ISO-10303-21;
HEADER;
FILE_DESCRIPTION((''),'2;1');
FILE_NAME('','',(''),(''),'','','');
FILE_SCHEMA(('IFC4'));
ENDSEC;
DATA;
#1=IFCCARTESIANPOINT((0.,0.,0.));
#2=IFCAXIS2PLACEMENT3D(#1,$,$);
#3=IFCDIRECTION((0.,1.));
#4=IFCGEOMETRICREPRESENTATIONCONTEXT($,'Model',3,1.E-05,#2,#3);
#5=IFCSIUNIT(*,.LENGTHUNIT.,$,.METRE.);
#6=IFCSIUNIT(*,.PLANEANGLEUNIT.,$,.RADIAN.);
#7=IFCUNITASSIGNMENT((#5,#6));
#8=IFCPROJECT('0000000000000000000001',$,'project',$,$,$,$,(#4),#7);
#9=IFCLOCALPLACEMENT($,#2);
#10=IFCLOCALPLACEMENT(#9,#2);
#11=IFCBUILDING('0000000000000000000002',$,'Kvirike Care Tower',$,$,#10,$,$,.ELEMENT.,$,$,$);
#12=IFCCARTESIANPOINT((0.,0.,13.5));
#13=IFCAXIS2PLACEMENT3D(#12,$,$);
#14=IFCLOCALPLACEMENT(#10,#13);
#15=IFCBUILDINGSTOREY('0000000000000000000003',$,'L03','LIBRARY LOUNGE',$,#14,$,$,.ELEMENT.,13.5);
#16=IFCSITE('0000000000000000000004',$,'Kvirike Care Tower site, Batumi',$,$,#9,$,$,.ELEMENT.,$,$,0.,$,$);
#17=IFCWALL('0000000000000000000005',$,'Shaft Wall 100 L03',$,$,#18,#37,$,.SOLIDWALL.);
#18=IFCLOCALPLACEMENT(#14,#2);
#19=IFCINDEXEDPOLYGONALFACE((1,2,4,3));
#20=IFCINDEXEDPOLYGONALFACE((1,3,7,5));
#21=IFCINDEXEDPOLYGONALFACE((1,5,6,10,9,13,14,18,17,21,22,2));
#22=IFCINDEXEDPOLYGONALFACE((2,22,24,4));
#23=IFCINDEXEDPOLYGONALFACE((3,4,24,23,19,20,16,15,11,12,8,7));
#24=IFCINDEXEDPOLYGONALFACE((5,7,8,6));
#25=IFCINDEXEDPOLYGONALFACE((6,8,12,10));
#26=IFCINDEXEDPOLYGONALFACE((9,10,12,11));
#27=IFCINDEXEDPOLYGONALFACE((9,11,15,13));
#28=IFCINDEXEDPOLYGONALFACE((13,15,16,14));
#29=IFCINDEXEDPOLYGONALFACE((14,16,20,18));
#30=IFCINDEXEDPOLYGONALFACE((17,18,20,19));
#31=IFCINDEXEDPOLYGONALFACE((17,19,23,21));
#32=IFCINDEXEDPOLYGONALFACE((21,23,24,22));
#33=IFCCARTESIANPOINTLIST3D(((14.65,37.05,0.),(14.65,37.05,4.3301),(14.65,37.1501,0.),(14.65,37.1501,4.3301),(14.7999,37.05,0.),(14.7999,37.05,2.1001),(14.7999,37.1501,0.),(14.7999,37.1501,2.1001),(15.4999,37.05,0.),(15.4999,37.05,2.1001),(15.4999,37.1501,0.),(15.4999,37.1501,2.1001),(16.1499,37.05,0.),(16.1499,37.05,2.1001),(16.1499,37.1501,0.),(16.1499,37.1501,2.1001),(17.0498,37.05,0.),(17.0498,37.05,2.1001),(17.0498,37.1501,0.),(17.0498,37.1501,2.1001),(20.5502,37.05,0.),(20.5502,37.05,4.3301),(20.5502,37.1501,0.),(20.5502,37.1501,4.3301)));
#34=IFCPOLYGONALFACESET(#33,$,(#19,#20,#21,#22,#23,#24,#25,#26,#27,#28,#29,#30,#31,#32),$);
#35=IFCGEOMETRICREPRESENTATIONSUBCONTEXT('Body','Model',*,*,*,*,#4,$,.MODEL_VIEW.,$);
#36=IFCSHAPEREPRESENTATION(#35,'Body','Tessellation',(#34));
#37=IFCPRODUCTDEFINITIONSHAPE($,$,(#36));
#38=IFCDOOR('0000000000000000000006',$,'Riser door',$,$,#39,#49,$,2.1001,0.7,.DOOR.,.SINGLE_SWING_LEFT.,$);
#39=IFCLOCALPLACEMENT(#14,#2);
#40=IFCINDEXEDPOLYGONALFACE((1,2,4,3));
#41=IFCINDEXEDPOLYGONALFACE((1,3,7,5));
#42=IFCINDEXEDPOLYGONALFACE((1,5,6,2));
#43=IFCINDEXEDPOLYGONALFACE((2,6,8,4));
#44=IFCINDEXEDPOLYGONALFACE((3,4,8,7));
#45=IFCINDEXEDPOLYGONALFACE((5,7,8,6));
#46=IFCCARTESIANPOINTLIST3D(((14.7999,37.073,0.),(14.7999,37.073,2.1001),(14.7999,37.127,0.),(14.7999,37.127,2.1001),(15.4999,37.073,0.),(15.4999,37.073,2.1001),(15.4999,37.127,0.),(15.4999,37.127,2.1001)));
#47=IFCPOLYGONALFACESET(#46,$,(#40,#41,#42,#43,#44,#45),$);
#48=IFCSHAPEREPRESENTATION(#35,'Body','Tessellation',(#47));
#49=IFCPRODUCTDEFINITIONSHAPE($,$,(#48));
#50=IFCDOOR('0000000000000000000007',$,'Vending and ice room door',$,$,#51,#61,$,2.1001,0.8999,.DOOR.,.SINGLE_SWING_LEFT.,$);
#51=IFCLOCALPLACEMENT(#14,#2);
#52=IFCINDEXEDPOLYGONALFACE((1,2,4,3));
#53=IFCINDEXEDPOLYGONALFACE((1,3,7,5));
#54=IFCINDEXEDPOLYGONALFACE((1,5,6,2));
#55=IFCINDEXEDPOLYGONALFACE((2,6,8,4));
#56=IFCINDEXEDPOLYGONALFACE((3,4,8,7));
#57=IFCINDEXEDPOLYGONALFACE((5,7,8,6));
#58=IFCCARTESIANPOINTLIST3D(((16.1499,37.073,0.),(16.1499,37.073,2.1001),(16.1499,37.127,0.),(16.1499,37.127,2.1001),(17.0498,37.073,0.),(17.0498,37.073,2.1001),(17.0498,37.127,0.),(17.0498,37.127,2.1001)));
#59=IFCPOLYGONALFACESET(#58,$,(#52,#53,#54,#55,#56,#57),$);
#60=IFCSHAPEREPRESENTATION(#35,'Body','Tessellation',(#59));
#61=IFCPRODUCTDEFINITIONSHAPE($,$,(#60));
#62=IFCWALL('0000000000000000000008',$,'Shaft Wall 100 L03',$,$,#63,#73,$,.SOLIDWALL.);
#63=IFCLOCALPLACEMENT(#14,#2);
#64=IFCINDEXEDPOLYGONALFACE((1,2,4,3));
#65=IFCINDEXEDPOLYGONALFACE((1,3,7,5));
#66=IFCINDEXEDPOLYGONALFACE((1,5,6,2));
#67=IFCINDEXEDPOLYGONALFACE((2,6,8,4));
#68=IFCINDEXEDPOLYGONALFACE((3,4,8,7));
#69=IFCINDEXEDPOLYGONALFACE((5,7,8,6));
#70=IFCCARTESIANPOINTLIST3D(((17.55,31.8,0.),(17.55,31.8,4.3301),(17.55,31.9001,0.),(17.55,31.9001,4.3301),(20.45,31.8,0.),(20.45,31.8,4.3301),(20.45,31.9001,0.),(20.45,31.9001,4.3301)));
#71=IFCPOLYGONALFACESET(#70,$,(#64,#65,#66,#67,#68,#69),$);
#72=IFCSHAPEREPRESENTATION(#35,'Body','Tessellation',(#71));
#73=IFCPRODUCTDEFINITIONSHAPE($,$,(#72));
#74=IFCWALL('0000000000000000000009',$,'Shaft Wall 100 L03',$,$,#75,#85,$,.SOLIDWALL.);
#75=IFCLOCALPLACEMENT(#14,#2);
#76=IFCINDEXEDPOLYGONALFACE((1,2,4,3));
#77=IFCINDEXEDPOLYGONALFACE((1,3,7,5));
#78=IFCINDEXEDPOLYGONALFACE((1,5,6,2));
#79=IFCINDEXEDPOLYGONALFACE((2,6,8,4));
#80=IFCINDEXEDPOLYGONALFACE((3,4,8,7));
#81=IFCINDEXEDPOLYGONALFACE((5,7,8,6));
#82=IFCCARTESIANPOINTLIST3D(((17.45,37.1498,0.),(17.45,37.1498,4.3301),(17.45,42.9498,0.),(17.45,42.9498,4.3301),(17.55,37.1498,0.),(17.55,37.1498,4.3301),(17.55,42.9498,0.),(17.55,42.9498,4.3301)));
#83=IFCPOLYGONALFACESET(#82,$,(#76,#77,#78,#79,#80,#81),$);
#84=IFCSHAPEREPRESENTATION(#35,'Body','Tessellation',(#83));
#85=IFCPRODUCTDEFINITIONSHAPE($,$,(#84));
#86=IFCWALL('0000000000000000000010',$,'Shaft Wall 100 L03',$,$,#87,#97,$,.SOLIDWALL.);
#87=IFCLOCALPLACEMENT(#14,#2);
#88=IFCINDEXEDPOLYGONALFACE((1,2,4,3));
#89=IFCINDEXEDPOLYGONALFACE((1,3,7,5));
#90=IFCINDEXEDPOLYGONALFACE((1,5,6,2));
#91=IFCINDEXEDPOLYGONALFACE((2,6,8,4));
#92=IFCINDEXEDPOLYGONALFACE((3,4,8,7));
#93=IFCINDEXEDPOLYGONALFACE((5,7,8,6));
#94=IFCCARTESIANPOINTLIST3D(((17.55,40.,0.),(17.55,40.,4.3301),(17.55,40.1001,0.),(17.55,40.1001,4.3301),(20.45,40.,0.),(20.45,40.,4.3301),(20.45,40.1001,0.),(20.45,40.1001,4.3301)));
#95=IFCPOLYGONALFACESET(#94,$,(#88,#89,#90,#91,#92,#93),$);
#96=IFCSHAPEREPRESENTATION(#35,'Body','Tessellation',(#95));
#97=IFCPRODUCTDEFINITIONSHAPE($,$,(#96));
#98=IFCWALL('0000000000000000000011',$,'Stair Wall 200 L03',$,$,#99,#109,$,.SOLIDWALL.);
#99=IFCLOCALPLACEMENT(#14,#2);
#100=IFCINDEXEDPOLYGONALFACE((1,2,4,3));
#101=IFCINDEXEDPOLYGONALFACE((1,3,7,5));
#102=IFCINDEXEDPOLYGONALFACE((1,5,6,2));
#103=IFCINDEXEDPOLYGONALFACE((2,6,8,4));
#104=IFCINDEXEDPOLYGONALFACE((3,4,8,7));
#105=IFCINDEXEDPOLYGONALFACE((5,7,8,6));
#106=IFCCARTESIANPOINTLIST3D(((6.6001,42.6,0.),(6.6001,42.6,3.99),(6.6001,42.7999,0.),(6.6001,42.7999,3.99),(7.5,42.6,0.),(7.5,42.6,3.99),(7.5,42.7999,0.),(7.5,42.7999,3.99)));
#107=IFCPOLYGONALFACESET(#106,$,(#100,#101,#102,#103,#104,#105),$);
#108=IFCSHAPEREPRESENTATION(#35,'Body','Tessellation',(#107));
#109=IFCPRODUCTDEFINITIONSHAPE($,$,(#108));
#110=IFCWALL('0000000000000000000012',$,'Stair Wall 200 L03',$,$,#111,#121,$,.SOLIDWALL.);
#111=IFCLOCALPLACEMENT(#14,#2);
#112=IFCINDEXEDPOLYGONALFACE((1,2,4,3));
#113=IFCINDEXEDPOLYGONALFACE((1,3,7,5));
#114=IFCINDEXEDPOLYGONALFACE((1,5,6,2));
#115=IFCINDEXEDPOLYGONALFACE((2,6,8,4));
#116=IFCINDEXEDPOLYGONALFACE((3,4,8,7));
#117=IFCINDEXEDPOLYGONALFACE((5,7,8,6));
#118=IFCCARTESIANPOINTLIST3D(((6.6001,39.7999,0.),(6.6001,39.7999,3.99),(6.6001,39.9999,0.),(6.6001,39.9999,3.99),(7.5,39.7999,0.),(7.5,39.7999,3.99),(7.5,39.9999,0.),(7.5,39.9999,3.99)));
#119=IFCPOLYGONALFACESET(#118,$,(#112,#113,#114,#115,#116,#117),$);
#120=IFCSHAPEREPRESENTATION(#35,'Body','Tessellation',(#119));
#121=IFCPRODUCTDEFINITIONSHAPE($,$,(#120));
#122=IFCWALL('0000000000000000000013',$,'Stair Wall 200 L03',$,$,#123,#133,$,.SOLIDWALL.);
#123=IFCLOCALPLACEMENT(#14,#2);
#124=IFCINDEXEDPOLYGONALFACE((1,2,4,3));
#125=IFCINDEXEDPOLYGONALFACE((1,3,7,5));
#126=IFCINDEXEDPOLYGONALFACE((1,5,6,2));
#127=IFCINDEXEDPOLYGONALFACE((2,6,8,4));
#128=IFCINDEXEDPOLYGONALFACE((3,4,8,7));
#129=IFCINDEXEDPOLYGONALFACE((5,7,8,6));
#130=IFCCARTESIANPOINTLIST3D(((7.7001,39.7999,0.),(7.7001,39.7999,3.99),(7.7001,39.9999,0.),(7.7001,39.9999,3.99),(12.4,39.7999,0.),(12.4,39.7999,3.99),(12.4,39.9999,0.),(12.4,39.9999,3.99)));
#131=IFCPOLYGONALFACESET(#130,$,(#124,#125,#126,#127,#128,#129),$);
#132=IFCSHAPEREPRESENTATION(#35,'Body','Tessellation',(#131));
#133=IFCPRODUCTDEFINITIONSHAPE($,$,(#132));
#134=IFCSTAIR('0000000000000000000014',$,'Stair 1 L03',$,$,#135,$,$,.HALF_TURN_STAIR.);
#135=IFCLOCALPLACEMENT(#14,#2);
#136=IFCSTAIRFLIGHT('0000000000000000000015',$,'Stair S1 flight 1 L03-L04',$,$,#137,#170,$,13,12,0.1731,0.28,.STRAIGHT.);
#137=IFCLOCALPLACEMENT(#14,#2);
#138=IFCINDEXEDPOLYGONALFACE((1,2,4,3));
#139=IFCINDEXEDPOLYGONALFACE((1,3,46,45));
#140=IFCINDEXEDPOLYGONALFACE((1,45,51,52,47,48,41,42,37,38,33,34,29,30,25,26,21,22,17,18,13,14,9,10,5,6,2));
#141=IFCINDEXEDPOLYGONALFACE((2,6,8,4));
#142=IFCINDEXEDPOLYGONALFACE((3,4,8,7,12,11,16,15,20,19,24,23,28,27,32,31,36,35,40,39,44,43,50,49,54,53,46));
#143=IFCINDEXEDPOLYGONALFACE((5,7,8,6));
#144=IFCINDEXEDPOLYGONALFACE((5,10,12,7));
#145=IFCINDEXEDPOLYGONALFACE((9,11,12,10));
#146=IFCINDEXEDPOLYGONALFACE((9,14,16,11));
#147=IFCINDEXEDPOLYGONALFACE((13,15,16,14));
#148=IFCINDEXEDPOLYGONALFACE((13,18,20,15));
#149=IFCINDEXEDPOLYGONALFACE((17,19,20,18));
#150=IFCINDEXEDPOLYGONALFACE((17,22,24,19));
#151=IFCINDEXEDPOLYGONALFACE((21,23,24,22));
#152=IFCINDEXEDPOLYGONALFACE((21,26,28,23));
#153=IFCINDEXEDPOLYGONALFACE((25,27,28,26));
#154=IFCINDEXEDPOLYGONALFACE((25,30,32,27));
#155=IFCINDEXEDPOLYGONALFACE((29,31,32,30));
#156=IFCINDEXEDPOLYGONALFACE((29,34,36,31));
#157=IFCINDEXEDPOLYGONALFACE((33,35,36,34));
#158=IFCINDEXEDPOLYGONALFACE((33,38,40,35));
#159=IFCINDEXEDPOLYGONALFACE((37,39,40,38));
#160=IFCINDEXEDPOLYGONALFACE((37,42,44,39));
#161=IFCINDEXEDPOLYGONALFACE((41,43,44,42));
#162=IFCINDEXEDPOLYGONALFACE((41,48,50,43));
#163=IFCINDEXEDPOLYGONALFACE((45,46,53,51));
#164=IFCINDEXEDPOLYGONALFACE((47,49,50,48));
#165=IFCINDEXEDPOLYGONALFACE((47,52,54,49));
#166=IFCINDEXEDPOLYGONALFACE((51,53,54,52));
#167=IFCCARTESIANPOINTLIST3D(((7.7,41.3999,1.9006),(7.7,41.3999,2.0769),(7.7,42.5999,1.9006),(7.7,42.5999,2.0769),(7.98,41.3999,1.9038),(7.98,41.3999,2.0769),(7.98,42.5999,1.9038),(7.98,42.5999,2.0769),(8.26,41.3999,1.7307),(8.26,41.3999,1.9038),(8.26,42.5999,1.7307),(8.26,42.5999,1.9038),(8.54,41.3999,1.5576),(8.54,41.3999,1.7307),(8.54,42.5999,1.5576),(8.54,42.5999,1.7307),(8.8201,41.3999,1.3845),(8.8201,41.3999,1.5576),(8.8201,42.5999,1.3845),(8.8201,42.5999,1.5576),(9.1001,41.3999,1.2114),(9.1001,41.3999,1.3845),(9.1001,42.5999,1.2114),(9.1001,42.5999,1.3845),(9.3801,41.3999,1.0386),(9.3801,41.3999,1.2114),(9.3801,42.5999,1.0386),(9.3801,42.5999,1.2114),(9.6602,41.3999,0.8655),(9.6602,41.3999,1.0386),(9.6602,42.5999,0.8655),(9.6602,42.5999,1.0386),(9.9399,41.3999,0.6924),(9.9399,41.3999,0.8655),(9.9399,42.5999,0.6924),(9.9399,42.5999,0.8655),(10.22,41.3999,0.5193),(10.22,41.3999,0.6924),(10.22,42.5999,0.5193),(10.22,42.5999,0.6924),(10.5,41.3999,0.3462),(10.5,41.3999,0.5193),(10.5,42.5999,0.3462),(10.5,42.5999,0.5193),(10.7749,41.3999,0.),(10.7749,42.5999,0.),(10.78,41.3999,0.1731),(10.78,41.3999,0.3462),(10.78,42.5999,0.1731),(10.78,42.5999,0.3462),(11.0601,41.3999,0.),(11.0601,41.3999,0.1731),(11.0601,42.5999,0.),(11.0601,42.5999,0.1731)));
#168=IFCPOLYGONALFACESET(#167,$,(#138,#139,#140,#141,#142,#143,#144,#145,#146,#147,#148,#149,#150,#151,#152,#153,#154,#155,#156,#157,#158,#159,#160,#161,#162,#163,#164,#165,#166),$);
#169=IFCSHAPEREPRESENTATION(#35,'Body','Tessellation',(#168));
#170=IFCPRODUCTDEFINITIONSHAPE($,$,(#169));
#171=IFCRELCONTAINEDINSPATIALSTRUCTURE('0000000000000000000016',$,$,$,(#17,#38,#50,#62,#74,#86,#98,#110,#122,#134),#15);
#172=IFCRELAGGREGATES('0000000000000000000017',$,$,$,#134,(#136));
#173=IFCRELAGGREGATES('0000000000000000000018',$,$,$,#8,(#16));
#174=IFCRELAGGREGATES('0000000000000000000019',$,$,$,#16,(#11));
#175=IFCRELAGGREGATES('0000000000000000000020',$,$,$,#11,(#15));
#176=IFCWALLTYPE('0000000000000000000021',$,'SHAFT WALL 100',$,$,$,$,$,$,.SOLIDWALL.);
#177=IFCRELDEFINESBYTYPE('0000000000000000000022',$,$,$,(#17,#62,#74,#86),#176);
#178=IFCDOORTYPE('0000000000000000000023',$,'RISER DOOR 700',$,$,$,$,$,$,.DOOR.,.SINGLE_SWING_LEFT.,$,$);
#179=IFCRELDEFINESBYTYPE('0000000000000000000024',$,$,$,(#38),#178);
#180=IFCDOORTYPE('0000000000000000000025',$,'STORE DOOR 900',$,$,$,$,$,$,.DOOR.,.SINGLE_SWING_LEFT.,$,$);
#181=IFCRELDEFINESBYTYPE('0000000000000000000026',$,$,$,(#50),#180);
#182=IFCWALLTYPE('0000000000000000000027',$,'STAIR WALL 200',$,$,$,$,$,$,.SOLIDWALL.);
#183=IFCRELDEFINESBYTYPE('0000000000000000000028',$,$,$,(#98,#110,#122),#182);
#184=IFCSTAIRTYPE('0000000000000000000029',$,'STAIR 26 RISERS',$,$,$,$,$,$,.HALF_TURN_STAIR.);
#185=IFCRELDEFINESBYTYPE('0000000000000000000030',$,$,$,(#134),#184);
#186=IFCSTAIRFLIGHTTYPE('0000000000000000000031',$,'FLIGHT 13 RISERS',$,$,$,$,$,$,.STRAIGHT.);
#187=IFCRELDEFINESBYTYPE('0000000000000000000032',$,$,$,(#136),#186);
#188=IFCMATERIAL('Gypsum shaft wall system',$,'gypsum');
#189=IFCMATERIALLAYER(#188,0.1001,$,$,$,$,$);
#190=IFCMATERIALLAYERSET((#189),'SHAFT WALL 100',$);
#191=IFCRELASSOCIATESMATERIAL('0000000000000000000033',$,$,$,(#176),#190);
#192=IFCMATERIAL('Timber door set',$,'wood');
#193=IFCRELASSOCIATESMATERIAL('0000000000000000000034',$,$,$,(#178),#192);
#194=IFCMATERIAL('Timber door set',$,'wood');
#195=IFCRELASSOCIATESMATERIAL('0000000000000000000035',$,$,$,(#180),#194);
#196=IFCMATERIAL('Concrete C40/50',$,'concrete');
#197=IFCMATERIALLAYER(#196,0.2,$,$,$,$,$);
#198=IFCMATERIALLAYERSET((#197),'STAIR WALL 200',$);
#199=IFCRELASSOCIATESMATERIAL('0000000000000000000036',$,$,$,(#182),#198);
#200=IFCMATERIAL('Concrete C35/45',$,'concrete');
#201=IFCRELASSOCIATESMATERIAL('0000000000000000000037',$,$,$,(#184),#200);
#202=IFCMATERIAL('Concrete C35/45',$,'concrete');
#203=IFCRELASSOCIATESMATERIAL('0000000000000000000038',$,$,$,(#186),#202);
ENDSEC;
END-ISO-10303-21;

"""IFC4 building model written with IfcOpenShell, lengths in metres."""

from ifc_helpers import new_model, si_unit, direction, frame, frame_2d, origin, place, context, subcontext, project, spatial, polyline, rectangle, outline, extrude, material, layer, layer_set, type_object, element, fill, aggregate, save


model = new_model("IFC4")

# Units and contexts
model_context = context("Model", 3, precision=1e-05, world=origin(), true_north=direction((0.0, 1.0)))
body_context = subcontext(model_context, "Body", "Model", "MODEL_VIEW")
ifc_project = project(units=[si_unit("LENGTHUNIT", "METRE"), si_unit("PLANEANGLEUNIT", "RADIAN")], contexts=[model_context])

# Site, building, storey
site_placement = place(None, origin())
site = spatial("IfcSite", under=ifc_project, at=site_placement, Name="Kvirike Care Tower site, Batumi", CompositionType="ELEMENT", RefElevation=0.0)
building_placement = place(site_placement, origin())
building = spatial("IfcBuilding", under=site, at=building_placement, Name="Kvirike Care Tower", CompositionType="ELEMENT")
storey_placement = place(building_placement, frame((0.0, 0.0, 13.5)))
storey = spatial("IfcBuildingStorey", under=building, at=storey_placement, Name="L03", Description="LIBRARY LOUNGE", CompositionType="ELEMENT", Elevation=13.5)

# Shared definitions
ifc_material_1 = material(Name="Gypsum shaft wall system", Category="gypsum")
ifc_layer_1 = layer(ifc_material_1, 0.1001)
ifc_layer_set_1 = layer_set([ifc_layer_1], Name="SHAFT WALL 100")
wall_type_1 = type_object("IfcWallType", Name="SHAFT WALL 100", PredefinedType="SOLIDWALL", material=ifc_layer_set_1)

# Shared definitions
ifc_material_2 = material(Name="Timber door set", Category="wood")
door_type_1 = type_object("IfcDoorType", Name="RISER DOOR 700", OperationType="SINGLE_SWING_LEFT", PredefinedType="DOOR", material=ifc_material_2)

# Wall, openings, doors
wall_1_placement = place(storey_placement, frame((14.6499, 37.1001, 0.0), z_axis=(0.0, 0.0, 1.0), x_axis=(1.0, 0.0, 0.0)))
wall_1 = element("IfcWall", 1, at=wall_1_placement, inside=storey, type_object=wall_type_1, Name="Shaft Wall 100 L03", PredefinedType="SOLIDWALL", context=body_context, shape_type="SweptSolid", body=[
    extrude(rectangle(XDim=5.9001, YDim=0.1001, at=frame_2d((2.9502, 0.0))), origin(), (0.0, 0.0, 1.0), 4.3301),
])
opening_1_placement = place(wall_1_placement, frame((0.1499, 0.0, 0.0)))
opening_1 = element("IfcOpeningElement", 2, at=opening_1_placement, cuts=wall_1, PredefinedType="OPENING", context=body_context, shape_type="SweptSolid", body=[
    extrude(rectangle(XDim=0.7, YDim=2.1001, at=frame_2d((0.3501, 1.05))), frame((0.0, 0.0605, 0.0), z_axis=(0.0, -1.0, 0.0), x_axis=(1.0, 0.0, 0.0)), (0.0, 0.0, 1.0), 0.1211),
])
opening_2_placement = place(wall_1_placement, frame((1.5, 0.0, 0.0)))
opening_2 = element("IfcOpeningElement", 3, at=opening_2_placement, cuts=wall_1, PredefinedType="OPENING", context=body_context, shape_type="SweptSolid", body=[
    extrude(rectangle(XDim=0.8999, YDim=2.1001, at=frame_2d((0.45, 1.05))), frame((0.0, 0.0605, 0.0), z_axis=(0.0, -1.0, 0.0), x_axis=(1.0, 0.0, 0.0)), (0.0, 0.0, 1.0), 0.1211),
])
door_1_placement = place(opening_1_placement, origin())
door_1 = element("IfcDoor", 4, at=door_1_placement, inside=storey, type_object=door_type_1, Name="Riser door", OperationType="SINGLE_SWING_LEFT", OverallHeight=2.1001, OverallWidth=0.7, PredefinedType="DOOR", context=body_context, shape_type="SweptSolid", body=[
    extrude(rectangle(XDim=0.7, YDim=2.1001, at=frame_2d((0.3501, 1.05))), frame((0.0, 0.0269, 0.0), z_axis=(0.0, -1.0, 0.0), x_axis=(1.0, 0.0, 0.0)), (0.0, 0.0, 1.0), 0.054),
])
fill(opening_1, door_1)
ifc_material_3 = material(Name="Timber door set", Category="wood")
door_type_2 = type_object("IfcDoorType", Name="STORE DOOR 900", OperationType="SINGLE_SWING_LEFT", PredefinedType="DOOR", material=ifc_material_3)
door_2_placement = place(opening_2_placement, origin())
door_2 = element("IfcDoor", 5, at=door_2_placement, inside=storey, type_object=door_type_2, Name="Vending and ice room door", OperationType="SINGLE_SWING_LEFT", OverallHeight=2.1001, OverallWidth=0.8999, PredefinedType="DOOR", context=body_context, shape_type="SweptSolid", body=[
    extrude(rectangle(XDim=0.8999, YDim=2.1001, at=frame_2d((0.45, 1.05))), frame((0.0, 0.0269, 0.0), z_axis=(0.0, -1.0, 0.0), x_axis=(1.0, 0.0, 0.0)), (0.0, 0.0, 1.0), 0.054),
])
fill(opening_2, door_2)

# Walls
wall_2_placement = place(storey_placement, frame((17.55, 31.8501, 0.0), z_axis=(0.0, 0.0, 1.0), x_axis=(1.0, 0.0, 0.0)))
element("IfcWall", 6, at=wall_2_placement, inside=storey, type_object=wall_type_1, Name="Shaft Wall 100 L03", PredefinedType="SOLIDWALL", context=body_context, shape_type="SweptSolid", body=[
    extrude(rectangle(XDim=2.8999, YDim=0.1001, at=frame_2d((1.45, 0.0))), origin(), (0.0, 0.0, 1.0), 4.3301),
])
wall_3_placement = place(storey_placement, frame((17.5, 37.1499, 0.0), z_axis=(0.0, 0.0, 1.0), x_axis=(0.0, 1.0, 0.0)))
element("IfcWall", 7, at=wall_3_placement, inside=storey, type_object=wall_type_1, Name="Shaft Wall 100 L03", PredefinedType="SOLIDWALL", context=body_context, shape_type="SweptSolid", body=[
    extrude(rectangle(XDim=5.8, YDim=0.1001, at=frame_2d((2.8999, 0.0))), origin(), (0.0, 0.0, 1.0), 4.3301),
])
wall_4_placement = place(storey_placement, frame((17.55, 40.05, 0.0), z_axis=(0.0, 0.0, 1.0), x_axis=(1.0, 0.0, 0.0)))
element("IfcWall", 8, at=wall_4_placement, inside=storey, type_object=wall_type_1, Name="Shaft Wall 100 L03", PredefinedType="SOLIDWALL", context=body_context, shape_type="SweptSolid", body=[
    extrude(rectangle(XDim=2.8999, YDim=0.1001, at=frame_2d((1.45, 0.0))), origin(), (0.0, 0.0, 1.0), 4.3301),
])
ifc_material_4 = material(Name="Concrete C40/50", Category="concrete")
ifc_layer_2 = layer(ifc_material_4, 0.2)
ifc_layer_set_2 = layer_set([ifc_layer_2], Name="STAIR WALL 200")
wall_type_2 = type_object("IfcWallType", Name="STAIR WALL 200", PredefinedType="SOLIDWALL", material=ifc_layer_set_2)
for number, where, z_axis, x_axis, name in (
    (9, (6.6001, 42.7, 0.0), (0.0, 0.0, 1.0), (1.0, 0.0, 0.0), "Stair Wall 200 L03"),
    (10, (6.6001, 39.8999, 0.0), (0.0, 0.0, 1.0), (1.0, 0.0, 0.0), "Stair Wall 200 L03"),
):
    element("IfcWall", number, at=place(storey_placement, frame(where, z_axis=z_axis, x_axis=x_axis)), inside=storey, type_object=wall_type_2, Name=name, PredefinedType="SOLIDWALL", context=body_context, shape_type="SweptSolid", body=[
        extrude(rectangle(XDim=0.8999, YDim=0.2, at=frame_2d((0.45, 0.0))), origin(), (0.0, 0.0, 1.0), 3.99),
    ])
wall_5_placement = place(storey_placement, frame((7.7, 39.8999, 0.0), z_axis=(0.0, 0.0, 1.0), x_axis=(1.0, 0.0, 0.0)))
element("IfcWall", 11, at=wall_5_placement, inside=storey, type_object=wall_type_2, Name="Stair Wall 200 L03", PredefinedType="SOLIDWALL", context=body_context, shape_type="SweptSolid", body=[
    extrude(rectangle(XDim=4.7, YDim=0.2, at=frame_2d((2.3501, 0.0))), origin(), (0.0, 0.0, 1.0), 3.99),
])

# Stair, stair flight
ifc_material_5 = material(Name="Concrete C35/45", Category="concrete")
stair_type = type_object("IfcStairType", Name="STAIR 26 RISERS", PredefinedType="HALF_TURN_STAIR", material=ifc_material_5)
stair_placement = place(storey_placement, origin())
stair = element("IfcStair", 12, at=stair_placement, inside=storey, type_object=stair_type, Name="Stair 1 L03", PredefinedType="HALF_TURN_STAIR")
ifc_material_6 = material(Name="Concrete C35/45", Category="concrete")
stair_flight_type = type_object("IfcStairFlightType", Name="FLIGHT 13 RISERS", PredefinedType="STRAIGHT", material=ifc_material_6)
stair_flight_1_placement = place(storey_placement, frame((11.0601, 42.0, 0.0), z_axis=(0.0, 0.0, 1.0), x_axis=(-1.0, 0.0, 0.0)))
stair_flight_1 = element("IfcStairFlight", 13, at=stair_flight_1_placement, type_object=stair_flight_type, Name="Stair S1 flight 1 L03-L04", NumberOfRisers=13, NumberOfTreads=12, PredefinedType="STRAIGHT", RiserHeight=0.1731, TreadLength=0.28, context=body_context, shape_type="SweptSolid", body=[
    extrude(outline(polyline([(0.0, 0.0), (0.0, 0.1731), (0.28, 0.1731), (0.28, 0.3462), (0.5601, 0.3462), (0.5601, 0.5193), (0.8401, 0.5193), (0.8401, 0.6924), (1.1201, 0.6924), (1.1201, 0.8655), (1.3999, 0.8655), (1.3999, 1.0386), (1.6799, 1.0386), (1.6799, 1.2114), (1.96, 1.2114), (1.96, 1.3845), (2.24, 1.3845), (2.24, 1.5576), (2.52, 1.5576), (2.52, 1.7307), (2.8, 1.7307), (2.8, 1.9038), (3.0801, 1.9038), (3.0801, 2.0769), (3.3601, 2.0769), (3.3601, 2.25), (3.3601, 1.9006), (0.2852, 0.0), (0.0, 0.0)])), frame((0.0, 0.6001, 0.0), z_axis=(0.0, -1.0, 0.0), x_axis=(1.0, 0.0, 0.0)), (0.0, 0.0, 1.0), 1.2),
])
aggregate(stair, [stair_flight_1])

save(model, "model.ifc")
